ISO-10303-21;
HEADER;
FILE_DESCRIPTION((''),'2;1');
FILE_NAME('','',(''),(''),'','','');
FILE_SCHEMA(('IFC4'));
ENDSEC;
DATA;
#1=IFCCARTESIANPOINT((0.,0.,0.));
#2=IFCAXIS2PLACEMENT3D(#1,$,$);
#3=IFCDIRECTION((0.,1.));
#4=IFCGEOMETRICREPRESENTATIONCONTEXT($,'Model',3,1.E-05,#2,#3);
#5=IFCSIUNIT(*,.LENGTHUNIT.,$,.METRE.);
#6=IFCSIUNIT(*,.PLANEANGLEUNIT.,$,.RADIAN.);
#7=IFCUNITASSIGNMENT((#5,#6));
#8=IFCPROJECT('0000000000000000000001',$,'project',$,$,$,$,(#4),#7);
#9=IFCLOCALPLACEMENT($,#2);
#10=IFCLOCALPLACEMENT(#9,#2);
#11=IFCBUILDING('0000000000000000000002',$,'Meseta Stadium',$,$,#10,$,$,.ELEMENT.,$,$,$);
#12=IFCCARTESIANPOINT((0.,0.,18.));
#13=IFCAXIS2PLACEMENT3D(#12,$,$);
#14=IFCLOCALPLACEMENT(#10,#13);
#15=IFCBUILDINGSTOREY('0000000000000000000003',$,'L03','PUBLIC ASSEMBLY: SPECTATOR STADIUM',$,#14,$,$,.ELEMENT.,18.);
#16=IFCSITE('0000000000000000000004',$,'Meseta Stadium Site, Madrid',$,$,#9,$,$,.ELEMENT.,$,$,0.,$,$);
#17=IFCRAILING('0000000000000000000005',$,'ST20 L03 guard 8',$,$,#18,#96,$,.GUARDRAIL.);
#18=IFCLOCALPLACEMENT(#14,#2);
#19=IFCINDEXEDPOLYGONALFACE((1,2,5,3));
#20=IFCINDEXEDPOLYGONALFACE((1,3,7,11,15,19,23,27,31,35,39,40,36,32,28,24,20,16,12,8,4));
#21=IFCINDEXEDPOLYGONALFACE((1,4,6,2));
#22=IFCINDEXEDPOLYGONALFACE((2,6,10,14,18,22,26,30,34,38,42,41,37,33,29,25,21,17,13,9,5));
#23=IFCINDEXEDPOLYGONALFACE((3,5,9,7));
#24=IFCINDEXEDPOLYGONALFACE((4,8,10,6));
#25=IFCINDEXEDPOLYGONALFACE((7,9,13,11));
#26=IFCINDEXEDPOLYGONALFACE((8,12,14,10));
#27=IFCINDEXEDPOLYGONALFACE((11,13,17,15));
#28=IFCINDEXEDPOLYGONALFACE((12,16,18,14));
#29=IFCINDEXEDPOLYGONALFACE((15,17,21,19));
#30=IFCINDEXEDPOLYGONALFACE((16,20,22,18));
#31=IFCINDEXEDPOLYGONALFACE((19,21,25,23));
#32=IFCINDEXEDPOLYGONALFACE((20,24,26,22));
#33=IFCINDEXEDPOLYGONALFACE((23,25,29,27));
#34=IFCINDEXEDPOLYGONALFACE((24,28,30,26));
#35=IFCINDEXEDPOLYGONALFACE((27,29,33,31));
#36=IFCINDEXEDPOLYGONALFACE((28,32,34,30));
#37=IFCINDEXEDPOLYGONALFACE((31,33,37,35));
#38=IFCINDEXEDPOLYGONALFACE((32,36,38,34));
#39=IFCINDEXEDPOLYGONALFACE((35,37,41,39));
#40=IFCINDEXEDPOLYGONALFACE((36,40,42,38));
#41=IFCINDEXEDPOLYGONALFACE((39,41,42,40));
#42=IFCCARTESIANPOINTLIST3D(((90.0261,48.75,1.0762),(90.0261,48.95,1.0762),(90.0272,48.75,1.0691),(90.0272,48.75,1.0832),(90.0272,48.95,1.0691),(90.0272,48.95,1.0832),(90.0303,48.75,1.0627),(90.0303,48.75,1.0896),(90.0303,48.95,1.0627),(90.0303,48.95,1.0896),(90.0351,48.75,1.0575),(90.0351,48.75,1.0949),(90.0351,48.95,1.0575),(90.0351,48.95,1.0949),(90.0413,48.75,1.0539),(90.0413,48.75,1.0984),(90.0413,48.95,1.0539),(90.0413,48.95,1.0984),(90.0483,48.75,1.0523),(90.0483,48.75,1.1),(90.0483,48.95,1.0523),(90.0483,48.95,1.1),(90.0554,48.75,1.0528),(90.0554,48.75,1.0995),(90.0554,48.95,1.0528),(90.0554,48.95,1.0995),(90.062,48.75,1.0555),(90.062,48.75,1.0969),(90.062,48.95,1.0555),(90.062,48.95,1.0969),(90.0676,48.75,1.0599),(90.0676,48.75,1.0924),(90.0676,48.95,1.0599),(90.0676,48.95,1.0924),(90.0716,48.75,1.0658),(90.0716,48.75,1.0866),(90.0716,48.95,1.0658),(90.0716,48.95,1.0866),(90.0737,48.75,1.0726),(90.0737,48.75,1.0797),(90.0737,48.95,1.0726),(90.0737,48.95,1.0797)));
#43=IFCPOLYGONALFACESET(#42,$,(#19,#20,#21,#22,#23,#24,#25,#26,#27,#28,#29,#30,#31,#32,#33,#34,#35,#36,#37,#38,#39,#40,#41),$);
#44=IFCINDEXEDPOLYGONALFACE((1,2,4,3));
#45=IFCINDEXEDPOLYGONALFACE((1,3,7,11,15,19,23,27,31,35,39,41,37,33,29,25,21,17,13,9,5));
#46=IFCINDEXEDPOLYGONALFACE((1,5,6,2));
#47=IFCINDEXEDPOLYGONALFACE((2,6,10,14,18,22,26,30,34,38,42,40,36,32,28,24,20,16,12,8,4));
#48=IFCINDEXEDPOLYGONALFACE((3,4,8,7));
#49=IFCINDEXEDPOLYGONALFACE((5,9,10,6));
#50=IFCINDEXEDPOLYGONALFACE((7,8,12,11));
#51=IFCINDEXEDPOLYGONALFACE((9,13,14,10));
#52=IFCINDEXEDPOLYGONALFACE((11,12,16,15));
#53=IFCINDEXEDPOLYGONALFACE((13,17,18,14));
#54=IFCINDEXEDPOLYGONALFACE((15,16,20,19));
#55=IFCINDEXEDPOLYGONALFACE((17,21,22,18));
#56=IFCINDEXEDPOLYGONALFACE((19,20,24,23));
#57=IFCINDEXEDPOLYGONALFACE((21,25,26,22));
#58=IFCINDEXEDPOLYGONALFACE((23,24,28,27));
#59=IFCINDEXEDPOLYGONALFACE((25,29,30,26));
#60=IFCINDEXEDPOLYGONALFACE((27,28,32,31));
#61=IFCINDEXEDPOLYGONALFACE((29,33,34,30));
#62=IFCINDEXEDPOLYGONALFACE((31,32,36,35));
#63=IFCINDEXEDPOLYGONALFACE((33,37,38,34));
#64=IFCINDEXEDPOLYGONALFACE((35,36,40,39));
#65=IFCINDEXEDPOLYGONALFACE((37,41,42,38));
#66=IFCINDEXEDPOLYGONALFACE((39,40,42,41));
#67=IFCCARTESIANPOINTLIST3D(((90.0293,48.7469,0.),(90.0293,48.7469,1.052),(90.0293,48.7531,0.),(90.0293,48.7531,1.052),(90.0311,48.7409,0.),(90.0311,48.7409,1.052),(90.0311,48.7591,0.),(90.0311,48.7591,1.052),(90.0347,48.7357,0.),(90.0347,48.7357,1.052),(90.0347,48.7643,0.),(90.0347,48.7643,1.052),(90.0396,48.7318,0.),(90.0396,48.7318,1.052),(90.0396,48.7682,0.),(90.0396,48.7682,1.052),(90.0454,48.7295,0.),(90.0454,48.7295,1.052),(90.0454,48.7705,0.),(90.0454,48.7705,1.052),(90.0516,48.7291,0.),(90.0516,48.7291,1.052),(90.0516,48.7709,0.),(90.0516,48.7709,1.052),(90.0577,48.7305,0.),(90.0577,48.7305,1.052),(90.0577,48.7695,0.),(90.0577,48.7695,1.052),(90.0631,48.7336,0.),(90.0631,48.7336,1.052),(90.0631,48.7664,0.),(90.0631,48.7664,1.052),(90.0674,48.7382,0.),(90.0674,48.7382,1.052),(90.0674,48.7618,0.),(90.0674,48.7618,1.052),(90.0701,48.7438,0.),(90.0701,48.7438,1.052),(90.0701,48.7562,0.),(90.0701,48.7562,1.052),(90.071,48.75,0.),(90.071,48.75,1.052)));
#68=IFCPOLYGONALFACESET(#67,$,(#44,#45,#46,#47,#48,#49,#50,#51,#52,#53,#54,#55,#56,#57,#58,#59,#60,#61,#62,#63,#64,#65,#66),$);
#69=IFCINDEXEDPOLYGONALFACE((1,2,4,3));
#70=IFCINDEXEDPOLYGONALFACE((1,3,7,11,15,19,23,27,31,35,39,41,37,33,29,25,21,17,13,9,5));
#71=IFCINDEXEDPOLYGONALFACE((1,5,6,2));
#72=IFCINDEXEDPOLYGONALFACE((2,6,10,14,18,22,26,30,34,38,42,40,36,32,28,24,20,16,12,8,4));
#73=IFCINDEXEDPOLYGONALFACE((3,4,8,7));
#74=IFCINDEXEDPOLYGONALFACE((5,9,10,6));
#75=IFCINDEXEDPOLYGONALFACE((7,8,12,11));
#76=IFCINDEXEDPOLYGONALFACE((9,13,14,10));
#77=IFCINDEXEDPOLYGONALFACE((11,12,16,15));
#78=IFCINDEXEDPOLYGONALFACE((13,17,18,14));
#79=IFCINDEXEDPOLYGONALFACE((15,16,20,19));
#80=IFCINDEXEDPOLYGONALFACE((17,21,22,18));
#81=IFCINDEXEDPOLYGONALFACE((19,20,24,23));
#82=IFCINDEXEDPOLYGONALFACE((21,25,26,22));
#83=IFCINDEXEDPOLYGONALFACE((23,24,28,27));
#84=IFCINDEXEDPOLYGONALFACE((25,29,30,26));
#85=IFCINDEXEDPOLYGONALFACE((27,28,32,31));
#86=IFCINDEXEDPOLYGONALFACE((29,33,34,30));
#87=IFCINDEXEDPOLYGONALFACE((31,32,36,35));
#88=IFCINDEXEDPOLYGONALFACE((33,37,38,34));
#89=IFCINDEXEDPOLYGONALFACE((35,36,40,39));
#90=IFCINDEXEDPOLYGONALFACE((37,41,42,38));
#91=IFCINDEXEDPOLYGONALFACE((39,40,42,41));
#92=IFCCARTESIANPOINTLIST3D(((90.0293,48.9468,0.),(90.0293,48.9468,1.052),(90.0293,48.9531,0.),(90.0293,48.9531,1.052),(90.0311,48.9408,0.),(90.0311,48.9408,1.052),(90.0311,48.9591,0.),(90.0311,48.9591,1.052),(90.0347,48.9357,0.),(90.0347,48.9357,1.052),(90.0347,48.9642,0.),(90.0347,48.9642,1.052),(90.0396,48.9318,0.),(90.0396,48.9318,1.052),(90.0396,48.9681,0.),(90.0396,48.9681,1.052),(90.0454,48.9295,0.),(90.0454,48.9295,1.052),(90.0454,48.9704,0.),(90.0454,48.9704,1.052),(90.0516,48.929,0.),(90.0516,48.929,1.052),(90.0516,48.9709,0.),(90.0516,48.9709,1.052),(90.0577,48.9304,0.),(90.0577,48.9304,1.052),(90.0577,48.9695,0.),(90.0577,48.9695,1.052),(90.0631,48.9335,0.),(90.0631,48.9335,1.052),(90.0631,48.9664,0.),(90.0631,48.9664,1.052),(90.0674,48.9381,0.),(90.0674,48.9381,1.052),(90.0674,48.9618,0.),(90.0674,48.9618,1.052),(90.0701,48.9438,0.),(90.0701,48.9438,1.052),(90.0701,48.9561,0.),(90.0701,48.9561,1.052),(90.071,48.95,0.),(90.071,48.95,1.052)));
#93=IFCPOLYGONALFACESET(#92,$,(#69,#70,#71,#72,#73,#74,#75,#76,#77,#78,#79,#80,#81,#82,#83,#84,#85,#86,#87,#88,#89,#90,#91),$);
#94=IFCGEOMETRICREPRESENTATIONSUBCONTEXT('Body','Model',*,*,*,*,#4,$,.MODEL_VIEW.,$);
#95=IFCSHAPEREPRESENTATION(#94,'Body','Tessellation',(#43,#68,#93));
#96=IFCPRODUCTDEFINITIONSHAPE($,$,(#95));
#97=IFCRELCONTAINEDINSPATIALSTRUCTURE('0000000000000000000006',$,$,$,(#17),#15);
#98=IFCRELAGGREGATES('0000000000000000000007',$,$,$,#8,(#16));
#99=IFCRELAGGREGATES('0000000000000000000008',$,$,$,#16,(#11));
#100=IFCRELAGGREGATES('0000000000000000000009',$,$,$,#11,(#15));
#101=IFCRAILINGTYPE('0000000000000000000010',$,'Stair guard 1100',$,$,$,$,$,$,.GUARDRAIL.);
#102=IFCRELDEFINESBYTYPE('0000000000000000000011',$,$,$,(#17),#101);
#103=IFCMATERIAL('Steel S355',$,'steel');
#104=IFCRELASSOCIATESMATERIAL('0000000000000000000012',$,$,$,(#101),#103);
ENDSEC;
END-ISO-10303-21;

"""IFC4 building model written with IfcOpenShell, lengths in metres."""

from ifc_helpers import new_model, si_unit, direction, frame, origin, origin_2d, place, context, subcontext, project, spatial, circle, extrude, material, type_object, element, save


model = new_model("IFC4")

# Units and contexts
model_context = context("Model", 3, precision=1e-05, world=origin(), true_north=direction((0.0, 1.0)))
body_context = subcontext(model_context, "Body", "Model", "MODEL_VIEW")
ifc_project = project(units=[si_unit("LENGTHUNIT", "METRE"), si_unit("PLANEANGLEUNIT", "RADIAN")], contexts=[model_context])

# Site, building, storey
site_placement = place(None, origin())
site = spatial("IfcSite", under=ifc_project, at=site_placement, Name="Meseta Stadium Site, Madrid", CompositionType="ELEMENT", RefElevation=0.0)
building_placement = place(site_placement, origin())
building = spatial("IfcBuilding", under=site, at=building_placement, Name="Meseta Stadium", CompositionType="ELEMENT")
storey_placement = place(building_placement, frame((0.0, 0.0, 18.0)))
storey = spatial("IfcBuildingStorey", under=building, at=storey_placement, Name="L03", Description="PUBLIC ASSEMBLY: SPECTATOR STADIUM", CompositionType="ELEMENT", Elevation=18.0)

# Railing
ifc_material_1 = material(Name="Steel S355", Category="steel")
railing_type_1 = type_object("IfcRailingType", Name="Stair guard 1100", PredefinedType="GUARDRAIL", material=ifc_material_1)
for number, where, name in (
    (1, (90.05, 48.75, 0.0), "ST20 L03 guard 8"),
):
    element("IfcRailing", number, at=place(storey_placement, frame(where)), inside=storey, type_object=railing_type_1, Name=name, PredefinedType="GUARDRAIL", context=body_context, shape_type="SweptSolid", body=[
        extrude(circle(Radius=0.0239, at=origin_2d()), frame((0.0, 0.0, 1.0762), z_axis=(0.0, 1.0, 0.0), x_axis=(-1.0, 0.0, 0.0)), (0.0, 0.0, 1.0), 0.2),
        extrude(circle(Radius=0.021, at=origin_2d()), origin(), (0.0, 0.0, 1.0), 1.052),
        extrude(circle(Radius=0.021, at=origin_2d()), frame((0.0, 0.2, 0.0)), (0.0, 0.0, 1.0), 1.052),
    ])

save(model, "model.ifc")
